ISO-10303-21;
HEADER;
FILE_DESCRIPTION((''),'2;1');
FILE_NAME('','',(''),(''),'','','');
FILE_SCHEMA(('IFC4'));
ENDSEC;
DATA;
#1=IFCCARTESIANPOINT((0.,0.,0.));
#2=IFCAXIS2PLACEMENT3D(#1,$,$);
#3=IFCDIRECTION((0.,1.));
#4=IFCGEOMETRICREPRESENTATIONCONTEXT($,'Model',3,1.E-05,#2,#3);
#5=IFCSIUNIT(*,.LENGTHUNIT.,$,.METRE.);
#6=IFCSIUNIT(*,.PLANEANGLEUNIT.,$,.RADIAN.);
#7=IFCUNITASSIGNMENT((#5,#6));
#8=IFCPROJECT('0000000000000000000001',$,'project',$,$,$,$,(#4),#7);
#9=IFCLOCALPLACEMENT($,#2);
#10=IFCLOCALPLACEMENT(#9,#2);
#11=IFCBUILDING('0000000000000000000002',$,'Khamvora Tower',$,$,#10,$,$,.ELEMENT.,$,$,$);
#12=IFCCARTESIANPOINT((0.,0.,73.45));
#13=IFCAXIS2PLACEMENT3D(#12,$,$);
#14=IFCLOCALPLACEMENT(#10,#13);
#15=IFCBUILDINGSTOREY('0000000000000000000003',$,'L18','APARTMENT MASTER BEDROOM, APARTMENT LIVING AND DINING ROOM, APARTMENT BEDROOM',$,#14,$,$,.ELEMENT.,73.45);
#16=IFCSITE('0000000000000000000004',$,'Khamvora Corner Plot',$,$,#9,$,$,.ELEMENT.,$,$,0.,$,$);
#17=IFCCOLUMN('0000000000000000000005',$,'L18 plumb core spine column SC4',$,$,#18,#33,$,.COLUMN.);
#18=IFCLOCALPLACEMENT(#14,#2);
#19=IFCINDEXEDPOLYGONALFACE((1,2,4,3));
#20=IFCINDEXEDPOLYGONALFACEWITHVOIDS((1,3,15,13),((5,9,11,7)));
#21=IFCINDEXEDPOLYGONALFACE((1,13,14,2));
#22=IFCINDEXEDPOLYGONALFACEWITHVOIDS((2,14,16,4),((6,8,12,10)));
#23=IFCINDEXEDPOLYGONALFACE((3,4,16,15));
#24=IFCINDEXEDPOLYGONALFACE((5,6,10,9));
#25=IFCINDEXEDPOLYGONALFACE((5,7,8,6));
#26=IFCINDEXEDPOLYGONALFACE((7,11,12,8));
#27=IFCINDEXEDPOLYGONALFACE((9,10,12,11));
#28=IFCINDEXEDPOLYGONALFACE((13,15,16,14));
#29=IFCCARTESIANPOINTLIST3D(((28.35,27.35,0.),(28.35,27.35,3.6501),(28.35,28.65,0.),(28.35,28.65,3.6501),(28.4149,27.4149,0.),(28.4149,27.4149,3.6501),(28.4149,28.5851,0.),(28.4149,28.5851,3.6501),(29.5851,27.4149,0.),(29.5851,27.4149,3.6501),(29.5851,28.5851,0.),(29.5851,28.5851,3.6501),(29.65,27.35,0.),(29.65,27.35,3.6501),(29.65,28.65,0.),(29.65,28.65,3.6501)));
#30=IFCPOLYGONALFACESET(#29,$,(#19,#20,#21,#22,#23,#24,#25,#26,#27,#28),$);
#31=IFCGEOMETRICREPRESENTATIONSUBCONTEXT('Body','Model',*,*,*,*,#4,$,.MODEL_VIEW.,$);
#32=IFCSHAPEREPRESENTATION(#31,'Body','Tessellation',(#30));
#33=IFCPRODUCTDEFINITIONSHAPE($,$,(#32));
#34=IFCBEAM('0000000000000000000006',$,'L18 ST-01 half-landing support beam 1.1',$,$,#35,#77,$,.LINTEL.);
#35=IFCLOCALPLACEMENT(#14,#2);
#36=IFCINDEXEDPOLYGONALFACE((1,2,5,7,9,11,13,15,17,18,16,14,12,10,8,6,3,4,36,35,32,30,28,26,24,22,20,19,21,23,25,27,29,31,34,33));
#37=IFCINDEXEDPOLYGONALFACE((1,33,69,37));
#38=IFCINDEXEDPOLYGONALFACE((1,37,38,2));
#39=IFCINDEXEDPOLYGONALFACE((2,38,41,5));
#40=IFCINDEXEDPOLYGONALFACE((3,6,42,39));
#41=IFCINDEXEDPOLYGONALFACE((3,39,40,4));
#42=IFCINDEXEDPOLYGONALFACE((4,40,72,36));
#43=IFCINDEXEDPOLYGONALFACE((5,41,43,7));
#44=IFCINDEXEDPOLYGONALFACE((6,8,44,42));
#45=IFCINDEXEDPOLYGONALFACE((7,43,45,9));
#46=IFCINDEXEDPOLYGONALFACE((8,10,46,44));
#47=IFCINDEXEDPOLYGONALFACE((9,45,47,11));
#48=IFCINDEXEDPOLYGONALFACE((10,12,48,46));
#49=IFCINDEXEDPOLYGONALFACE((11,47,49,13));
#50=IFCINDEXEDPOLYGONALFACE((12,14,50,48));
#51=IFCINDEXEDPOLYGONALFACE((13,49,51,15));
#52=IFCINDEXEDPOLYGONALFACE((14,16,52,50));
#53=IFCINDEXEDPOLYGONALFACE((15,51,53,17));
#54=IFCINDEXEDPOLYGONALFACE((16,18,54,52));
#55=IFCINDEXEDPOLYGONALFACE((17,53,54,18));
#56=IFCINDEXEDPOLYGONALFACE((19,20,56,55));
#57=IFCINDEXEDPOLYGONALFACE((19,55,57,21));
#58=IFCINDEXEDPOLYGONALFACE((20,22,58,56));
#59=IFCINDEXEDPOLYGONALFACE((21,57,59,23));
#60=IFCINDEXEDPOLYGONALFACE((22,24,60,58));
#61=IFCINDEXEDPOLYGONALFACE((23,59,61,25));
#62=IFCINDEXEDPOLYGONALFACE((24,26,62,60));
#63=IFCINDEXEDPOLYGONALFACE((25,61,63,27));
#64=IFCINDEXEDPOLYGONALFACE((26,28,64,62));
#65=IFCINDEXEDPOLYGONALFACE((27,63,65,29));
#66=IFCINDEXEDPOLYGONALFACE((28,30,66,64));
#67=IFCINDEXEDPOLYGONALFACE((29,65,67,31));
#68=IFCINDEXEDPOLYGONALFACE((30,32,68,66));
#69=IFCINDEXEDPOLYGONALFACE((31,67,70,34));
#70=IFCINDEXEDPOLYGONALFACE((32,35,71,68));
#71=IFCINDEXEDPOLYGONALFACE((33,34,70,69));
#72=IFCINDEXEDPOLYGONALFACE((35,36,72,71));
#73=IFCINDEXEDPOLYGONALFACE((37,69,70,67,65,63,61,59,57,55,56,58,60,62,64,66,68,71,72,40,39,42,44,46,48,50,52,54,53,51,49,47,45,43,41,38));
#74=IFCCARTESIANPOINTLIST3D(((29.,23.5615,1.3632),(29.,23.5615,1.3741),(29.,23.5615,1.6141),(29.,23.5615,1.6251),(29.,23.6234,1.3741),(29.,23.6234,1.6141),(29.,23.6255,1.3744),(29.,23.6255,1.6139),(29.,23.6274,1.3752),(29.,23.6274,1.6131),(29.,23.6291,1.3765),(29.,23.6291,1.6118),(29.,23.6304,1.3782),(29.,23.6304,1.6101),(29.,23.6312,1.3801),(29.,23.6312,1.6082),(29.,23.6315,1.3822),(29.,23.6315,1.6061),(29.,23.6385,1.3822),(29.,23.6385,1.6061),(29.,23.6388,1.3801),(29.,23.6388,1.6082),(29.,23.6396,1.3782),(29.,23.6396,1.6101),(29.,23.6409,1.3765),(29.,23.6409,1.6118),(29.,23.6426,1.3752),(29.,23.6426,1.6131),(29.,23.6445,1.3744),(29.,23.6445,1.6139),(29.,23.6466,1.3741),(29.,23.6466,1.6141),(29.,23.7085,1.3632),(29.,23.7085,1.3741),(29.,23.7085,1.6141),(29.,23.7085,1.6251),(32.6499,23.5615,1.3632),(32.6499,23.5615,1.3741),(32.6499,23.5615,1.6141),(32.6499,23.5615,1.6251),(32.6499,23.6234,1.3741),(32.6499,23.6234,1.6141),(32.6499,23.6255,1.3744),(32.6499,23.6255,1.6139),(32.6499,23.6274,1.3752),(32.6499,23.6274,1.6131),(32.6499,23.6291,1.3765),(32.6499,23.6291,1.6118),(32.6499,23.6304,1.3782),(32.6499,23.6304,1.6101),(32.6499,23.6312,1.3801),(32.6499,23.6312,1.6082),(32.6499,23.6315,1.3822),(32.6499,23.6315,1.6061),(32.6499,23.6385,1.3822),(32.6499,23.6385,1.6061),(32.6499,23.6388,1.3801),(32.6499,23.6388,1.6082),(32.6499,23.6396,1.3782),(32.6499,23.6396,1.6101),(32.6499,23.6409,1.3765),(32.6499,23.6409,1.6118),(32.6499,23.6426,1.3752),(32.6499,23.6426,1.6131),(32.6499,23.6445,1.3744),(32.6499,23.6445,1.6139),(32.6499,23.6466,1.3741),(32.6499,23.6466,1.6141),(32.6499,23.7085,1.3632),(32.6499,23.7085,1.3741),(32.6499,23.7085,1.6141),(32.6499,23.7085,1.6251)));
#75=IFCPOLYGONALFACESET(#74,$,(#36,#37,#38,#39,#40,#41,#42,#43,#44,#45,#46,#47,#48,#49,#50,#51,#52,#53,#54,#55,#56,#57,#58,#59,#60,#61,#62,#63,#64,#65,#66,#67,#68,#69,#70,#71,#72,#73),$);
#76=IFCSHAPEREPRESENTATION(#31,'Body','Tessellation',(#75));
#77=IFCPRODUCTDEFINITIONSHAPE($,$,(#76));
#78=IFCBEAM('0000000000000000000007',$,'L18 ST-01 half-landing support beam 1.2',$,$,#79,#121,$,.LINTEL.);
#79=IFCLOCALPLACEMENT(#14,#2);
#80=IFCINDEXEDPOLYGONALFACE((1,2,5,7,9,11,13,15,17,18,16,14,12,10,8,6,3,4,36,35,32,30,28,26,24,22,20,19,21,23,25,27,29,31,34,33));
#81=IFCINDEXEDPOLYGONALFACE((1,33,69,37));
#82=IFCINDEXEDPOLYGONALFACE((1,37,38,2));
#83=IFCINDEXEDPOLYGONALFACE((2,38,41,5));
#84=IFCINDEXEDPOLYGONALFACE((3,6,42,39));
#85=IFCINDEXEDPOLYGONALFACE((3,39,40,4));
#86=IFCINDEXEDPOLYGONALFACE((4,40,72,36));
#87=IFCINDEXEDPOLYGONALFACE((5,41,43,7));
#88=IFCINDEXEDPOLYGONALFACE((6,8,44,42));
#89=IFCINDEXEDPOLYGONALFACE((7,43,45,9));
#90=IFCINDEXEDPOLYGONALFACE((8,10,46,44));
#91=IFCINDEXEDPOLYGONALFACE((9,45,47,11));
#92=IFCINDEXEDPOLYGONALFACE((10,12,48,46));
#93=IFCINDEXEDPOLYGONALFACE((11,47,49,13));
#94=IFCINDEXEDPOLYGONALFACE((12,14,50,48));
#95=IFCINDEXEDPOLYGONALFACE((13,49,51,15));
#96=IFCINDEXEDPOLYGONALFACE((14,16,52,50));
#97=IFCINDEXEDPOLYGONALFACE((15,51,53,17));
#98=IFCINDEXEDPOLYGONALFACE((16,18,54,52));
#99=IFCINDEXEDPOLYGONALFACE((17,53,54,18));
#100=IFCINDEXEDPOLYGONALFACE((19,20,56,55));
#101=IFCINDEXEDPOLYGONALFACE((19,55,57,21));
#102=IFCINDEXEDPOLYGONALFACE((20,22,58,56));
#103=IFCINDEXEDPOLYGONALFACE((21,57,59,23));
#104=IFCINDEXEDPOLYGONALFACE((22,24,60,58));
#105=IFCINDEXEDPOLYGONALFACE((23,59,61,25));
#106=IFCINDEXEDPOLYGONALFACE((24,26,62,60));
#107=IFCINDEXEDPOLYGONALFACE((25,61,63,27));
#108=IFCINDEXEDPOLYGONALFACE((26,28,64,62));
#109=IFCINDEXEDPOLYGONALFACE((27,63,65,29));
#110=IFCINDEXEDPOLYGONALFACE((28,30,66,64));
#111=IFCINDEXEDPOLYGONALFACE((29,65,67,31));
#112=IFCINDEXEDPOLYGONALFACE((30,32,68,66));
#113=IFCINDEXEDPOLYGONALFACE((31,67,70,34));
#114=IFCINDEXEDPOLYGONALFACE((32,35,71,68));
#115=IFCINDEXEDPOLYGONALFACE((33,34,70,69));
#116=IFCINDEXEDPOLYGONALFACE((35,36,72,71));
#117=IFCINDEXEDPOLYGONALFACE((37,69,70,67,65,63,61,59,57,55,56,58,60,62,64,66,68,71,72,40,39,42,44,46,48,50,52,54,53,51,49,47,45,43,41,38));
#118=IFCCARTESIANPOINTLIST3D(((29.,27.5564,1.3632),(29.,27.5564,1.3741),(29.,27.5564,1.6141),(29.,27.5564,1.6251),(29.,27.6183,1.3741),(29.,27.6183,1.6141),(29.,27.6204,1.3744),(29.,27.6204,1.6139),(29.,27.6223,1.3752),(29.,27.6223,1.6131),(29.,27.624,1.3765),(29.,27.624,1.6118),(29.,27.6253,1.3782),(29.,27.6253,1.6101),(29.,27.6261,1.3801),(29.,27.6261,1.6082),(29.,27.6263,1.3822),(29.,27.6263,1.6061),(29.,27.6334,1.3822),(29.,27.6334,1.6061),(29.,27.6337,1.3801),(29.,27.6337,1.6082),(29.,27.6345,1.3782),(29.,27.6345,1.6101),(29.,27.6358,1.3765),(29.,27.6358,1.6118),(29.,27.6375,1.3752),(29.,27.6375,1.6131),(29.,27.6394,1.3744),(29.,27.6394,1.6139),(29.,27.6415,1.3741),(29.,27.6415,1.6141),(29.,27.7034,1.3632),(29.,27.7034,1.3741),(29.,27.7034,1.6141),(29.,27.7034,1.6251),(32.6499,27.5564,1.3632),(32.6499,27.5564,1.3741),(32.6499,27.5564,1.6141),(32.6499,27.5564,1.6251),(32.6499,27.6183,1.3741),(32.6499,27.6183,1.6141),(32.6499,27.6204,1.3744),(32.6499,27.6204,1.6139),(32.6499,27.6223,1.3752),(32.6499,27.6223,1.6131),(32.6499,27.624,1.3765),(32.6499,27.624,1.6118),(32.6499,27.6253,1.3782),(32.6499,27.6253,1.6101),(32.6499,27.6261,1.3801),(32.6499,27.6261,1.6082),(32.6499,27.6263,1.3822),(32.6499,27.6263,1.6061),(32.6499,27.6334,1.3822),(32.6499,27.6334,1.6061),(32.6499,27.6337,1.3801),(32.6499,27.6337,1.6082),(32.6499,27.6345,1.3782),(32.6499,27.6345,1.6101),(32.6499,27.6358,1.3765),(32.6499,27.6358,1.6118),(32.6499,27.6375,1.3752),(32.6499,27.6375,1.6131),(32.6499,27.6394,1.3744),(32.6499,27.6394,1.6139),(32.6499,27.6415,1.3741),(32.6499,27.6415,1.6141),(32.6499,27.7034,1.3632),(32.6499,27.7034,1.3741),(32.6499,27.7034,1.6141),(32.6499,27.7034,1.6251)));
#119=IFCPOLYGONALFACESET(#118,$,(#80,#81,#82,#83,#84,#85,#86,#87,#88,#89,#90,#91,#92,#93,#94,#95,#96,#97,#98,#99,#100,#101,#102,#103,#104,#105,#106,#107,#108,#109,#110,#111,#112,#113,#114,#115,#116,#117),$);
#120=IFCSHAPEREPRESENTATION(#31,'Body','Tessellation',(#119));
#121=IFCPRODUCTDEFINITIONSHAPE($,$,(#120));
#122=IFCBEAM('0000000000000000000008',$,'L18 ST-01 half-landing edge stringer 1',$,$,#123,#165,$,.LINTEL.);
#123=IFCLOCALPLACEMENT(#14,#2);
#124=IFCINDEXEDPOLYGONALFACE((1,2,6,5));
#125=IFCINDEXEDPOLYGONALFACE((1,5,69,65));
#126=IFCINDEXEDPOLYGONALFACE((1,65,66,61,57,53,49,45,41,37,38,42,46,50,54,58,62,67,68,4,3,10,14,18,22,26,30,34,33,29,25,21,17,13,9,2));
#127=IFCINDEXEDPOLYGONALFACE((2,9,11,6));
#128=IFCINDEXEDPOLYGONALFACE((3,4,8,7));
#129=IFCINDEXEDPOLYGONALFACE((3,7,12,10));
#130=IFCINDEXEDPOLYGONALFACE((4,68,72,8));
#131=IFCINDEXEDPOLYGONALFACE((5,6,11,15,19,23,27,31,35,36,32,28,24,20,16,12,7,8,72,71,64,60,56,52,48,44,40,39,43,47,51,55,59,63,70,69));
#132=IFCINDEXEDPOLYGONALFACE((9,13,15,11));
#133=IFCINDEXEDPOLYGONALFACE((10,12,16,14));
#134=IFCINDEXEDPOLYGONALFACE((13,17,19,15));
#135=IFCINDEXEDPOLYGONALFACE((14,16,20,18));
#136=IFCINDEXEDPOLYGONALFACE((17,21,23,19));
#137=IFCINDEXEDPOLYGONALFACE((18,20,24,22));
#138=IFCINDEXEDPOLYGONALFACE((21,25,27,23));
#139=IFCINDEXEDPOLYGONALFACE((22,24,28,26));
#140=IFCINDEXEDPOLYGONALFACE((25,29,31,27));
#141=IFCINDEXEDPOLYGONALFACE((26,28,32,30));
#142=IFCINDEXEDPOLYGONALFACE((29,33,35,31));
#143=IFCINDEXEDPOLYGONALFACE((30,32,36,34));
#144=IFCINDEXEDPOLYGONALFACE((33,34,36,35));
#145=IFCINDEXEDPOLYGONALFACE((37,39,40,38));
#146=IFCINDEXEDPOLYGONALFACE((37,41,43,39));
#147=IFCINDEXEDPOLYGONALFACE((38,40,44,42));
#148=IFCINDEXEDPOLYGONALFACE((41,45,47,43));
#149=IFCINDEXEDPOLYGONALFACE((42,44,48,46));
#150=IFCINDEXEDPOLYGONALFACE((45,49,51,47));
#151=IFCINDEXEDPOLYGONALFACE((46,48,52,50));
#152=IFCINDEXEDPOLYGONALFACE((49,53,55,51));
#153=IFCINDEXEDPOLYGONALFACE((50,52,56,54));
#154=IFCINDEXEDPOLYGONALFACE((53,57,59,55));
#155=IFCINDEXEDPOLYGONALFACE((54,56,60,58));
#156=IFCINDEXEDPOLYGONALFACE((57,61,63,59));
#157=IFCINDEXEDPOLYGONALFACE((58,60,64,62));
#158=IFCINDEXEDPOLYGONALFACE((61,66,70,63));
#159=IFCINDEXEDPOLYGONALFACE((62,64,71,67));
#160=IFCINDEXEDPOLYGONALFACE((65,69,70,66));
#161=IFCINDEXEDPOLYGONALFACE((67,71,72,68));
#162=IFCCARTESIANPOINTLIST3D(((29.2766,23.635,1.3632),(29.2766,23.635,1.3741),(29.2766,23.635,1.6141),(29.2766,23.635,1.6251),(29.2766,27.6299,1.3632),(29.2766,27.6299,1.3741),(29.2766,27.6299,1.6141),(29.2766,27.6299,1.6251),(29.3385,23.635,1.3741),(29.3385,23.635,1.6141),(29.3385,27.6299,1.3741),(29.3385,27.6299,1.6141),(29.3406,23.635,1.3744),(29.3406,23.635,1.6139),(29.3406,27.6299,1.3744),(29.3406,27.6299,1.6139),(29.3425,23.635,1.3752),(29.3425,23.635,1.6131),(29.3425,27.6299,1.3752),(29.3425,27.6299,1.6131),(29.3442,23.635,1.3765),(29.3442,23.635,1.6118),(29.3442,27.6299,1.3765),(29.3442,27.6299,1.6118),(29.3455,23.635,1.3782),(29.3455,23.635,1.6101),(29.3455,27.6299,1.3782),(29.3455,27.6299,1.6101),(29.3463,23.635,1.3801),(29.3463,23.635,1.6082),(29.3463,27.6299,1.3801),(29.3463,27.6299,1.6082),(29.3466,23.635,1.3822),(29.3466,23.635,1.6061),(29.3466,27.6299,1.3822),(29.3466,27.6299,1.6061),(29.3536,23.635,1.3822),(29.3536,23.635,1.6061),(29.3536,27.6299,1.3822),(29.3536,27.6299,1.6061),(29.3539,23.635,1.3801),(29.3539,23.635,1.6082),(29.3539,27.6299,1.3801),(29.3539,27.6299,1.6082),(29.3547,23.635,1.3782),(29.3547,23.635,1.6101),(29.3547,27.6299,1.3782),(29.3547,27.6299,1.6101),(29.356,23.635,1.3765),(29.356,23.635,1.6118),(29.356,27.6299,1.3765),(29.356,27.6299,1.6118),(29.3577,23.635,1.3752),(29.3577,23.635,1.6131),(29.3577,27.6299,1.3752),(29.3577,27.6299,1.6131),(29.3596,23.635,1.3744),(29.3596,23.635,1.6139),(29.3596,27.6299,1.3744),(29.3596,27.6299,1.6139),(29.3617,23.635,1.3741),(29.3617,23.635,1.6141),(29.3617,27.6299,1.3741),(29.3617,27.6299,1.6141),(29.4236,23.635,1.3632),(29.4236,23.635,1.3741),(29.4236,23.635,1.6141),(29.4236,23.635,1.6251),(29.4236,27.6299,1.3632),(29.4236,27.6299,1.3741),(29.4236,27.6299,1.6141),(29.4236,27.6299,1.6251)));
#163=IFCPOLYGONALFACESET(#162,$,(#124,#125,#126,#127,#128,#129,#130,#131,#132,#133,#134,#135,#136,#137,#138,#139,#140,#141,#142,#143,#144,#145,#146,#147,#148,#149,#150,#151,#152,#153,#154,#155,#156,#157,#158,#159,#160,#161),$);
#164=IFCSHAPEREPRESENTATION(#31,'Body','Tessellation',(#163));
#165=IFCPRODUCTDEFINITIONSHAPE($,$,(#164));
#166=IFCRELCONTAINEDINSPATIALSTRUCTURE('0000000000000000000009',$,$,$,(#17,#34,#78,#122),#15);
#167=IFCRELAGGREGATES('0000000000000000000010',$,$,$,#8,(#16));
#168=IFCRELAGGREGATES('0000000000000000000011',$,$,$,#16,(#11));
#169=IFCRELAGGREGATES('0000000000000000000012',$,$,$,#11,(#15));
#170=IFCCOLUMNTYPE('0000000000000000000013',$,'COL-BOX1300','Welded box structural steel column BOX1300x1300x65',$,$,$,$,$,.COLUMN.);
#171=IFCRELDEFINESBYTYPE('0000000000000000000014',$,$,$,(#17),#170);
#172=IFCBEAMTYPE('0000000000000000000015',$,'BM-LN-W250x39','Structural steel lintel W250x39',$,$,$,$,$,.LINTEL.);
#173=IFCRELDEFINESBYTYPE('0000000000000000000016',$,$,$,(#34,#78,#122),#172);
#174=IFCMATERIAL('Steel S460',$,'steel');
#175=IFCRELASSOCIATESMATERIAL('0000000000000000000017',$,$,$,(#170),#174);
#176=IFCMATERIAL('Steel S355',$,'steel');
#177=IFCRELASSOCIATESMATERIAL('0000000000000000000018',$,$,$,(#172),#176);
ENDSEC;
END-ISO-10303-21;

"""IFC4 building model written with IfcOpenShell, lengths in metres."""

from ifc_helpers import new_model, si_unit, direction, frame, origin, origin_2d, place, context, subcontext, project, spatial, hollow_rectangle, i_section, extrude, material, material_profile, profile_set, type_object, element, save


model = new_model("IFC4")

# Units and contexts
model_context = context("Model", 3, precision=1e-05, world=origin(), true_north=direction((0.0, 1.0)))
body_context = subcontext(model_context, "Body", "Model", "MODEL_VIEW")
ifc_project = project(units=[si_unit("LENGTHUNIT", "METRE"), si_unit("PLANEANGLEUNIT", "RADIAN")], contexts=[model_context])

# Site, building, storey
site_placement = place(None, origin())
site = spatial("IfcSite", under=ifc_project, at=site_placement, Name="Khamvora Corner Plot", CompositionType="ELEMENT", RefElevation=0.0)
building_placement = place(site_placement, origin())
building = spatial("IfcBuilding", under=site, at=building_placement, Name="Khamvora Tower", CompositionType="ELEMENT")
storey_placement = place(building_placement, frame((0.0, 0.0, 73.45)))
storey = spatial("IfcBuildingStorey", under=building, at=storey_placement, Name="L18", Description="APARTMENT MASTER BEDROOM, APARTMENT LIVING AND DINING ROOM, APARTMENT BEDROOM", CompositionType="ELEMENT", Elevation=73.45)

# Column
ifc_material_1 = material(Name="Steel S460", Category="steel")
ifc_material_profile_1 = material_profile(ifc_material_1, hollow_rectangle(XDim=1.3, YDim=1.3, WallThickness=0.0649, at=origin_2d()), Name="BOX1300x1300x65")
ifc_profile_set_1 = profile_set([ifc_material_profile_1], Name="Steel S460")
column_type = type_object("IfcColumnType", Name="COL-BOX1300", Description="Welded box structural steel column BOX1300x1300x65", PredefinedType="COLUMN", material=ifc_profile_set_1)
column_placement = place(storey_placement, frame((29.0, 28.0, 0.0), z_axis=(0.0, 0.0, 1.0), x_axis=(1.0, 0.0, 0.0)))
element("IfcColumn", 1, at=column_placement, inside=storey, type_object=column_type, Name="L18 plumb core spine column SC4", PredefinedType="COLUMN", context=body_context, shape_type="SweptSolid", body=[
    extrude(hollow_rectangle(XDim=1.3, YDim=1.3, WallThickness=0.0649, at=origin_2d()), origin(), (0.0, 0.0, 1.0), 3.6501),
])

# Beams
ifc_material_2 = material(Name="Steel S355", Category="steel")
ifc_material_profile_2 = material_profile(ifc_material_2, i_section(OverallWidth=0.147, OverallDepth=0.262, WebThickness=0.0071, FlangeThickness=0.011, FilletRadius=0.0081, at=origin_2d()), Name="W250x39")
ifc_profile_set_2 = profile_set([ifc_material_profile_2], Name="Steel S355")
beam_type_1 = type_object("IfcBeamType", Name="BM-LN-W250x39", Description="Structural steel lintel W250x39", PredefinedType="LINTEL", material=ifc_profile_set_2)
for number, where, z_axis, x_axis, name in (
    (2, (29.0, 23.635, 1.4941), (1.0, 0.0, 0.0), (0.0, 1.0, 0.0), "L18 ST-01 half-landing support beam 1.1"),
    (3, (29.0, 27.6299, 1.4941), (1.0, 0.0, 0.0), (0.0, 1.0, 0.0), "L18 ST-01 half-landing support beam 1.2"),
):
    element("IfcBeam", number, at=place(storey_placement, frame(where, z_axis=z_axis, x_axis=x_axis)), inside=storey, type_object=beam_type_1, Name=name, PredefinedType="LINTEL", context=body_context, shape_type="SweptSolid", body=[
        extrude(i_section(OverallWidth=0.147, OverallDepth=0.262, WebThickness=0.0071, FlangeThickness=0.011, FilletRadius=0.0081, at=origin_2d()), origin(), (0.0, 0.0, 1.0), 3.6499),
    ])
beam_1_placement = place(storey_placement, frame((29.3501, 23.635, 1.4941), z_axis=(0.0, 1.0, 0.0), x_axis=(-1.0, 0.0, 0.0)))
element("IfcBeam", 4, at=beam_1_placement, inside=storey, type_object=beam_type_1, Name="L18 ST-01 half-landing edge stringer 1", PredefinedType="LINTEL", context=body_context, shape_type="SweptSolid", body=[
    extrude(i_section(OverallWidth=0.147, OverallDepth=0.262, WebThickness=0.0071, FlangeThickness=0.011, FilletRadius=0.0081, at=origin_2d()), origin(), (0.0, 0.0, 1.0), 3.9949),
])

save(model, "model.ifc")
